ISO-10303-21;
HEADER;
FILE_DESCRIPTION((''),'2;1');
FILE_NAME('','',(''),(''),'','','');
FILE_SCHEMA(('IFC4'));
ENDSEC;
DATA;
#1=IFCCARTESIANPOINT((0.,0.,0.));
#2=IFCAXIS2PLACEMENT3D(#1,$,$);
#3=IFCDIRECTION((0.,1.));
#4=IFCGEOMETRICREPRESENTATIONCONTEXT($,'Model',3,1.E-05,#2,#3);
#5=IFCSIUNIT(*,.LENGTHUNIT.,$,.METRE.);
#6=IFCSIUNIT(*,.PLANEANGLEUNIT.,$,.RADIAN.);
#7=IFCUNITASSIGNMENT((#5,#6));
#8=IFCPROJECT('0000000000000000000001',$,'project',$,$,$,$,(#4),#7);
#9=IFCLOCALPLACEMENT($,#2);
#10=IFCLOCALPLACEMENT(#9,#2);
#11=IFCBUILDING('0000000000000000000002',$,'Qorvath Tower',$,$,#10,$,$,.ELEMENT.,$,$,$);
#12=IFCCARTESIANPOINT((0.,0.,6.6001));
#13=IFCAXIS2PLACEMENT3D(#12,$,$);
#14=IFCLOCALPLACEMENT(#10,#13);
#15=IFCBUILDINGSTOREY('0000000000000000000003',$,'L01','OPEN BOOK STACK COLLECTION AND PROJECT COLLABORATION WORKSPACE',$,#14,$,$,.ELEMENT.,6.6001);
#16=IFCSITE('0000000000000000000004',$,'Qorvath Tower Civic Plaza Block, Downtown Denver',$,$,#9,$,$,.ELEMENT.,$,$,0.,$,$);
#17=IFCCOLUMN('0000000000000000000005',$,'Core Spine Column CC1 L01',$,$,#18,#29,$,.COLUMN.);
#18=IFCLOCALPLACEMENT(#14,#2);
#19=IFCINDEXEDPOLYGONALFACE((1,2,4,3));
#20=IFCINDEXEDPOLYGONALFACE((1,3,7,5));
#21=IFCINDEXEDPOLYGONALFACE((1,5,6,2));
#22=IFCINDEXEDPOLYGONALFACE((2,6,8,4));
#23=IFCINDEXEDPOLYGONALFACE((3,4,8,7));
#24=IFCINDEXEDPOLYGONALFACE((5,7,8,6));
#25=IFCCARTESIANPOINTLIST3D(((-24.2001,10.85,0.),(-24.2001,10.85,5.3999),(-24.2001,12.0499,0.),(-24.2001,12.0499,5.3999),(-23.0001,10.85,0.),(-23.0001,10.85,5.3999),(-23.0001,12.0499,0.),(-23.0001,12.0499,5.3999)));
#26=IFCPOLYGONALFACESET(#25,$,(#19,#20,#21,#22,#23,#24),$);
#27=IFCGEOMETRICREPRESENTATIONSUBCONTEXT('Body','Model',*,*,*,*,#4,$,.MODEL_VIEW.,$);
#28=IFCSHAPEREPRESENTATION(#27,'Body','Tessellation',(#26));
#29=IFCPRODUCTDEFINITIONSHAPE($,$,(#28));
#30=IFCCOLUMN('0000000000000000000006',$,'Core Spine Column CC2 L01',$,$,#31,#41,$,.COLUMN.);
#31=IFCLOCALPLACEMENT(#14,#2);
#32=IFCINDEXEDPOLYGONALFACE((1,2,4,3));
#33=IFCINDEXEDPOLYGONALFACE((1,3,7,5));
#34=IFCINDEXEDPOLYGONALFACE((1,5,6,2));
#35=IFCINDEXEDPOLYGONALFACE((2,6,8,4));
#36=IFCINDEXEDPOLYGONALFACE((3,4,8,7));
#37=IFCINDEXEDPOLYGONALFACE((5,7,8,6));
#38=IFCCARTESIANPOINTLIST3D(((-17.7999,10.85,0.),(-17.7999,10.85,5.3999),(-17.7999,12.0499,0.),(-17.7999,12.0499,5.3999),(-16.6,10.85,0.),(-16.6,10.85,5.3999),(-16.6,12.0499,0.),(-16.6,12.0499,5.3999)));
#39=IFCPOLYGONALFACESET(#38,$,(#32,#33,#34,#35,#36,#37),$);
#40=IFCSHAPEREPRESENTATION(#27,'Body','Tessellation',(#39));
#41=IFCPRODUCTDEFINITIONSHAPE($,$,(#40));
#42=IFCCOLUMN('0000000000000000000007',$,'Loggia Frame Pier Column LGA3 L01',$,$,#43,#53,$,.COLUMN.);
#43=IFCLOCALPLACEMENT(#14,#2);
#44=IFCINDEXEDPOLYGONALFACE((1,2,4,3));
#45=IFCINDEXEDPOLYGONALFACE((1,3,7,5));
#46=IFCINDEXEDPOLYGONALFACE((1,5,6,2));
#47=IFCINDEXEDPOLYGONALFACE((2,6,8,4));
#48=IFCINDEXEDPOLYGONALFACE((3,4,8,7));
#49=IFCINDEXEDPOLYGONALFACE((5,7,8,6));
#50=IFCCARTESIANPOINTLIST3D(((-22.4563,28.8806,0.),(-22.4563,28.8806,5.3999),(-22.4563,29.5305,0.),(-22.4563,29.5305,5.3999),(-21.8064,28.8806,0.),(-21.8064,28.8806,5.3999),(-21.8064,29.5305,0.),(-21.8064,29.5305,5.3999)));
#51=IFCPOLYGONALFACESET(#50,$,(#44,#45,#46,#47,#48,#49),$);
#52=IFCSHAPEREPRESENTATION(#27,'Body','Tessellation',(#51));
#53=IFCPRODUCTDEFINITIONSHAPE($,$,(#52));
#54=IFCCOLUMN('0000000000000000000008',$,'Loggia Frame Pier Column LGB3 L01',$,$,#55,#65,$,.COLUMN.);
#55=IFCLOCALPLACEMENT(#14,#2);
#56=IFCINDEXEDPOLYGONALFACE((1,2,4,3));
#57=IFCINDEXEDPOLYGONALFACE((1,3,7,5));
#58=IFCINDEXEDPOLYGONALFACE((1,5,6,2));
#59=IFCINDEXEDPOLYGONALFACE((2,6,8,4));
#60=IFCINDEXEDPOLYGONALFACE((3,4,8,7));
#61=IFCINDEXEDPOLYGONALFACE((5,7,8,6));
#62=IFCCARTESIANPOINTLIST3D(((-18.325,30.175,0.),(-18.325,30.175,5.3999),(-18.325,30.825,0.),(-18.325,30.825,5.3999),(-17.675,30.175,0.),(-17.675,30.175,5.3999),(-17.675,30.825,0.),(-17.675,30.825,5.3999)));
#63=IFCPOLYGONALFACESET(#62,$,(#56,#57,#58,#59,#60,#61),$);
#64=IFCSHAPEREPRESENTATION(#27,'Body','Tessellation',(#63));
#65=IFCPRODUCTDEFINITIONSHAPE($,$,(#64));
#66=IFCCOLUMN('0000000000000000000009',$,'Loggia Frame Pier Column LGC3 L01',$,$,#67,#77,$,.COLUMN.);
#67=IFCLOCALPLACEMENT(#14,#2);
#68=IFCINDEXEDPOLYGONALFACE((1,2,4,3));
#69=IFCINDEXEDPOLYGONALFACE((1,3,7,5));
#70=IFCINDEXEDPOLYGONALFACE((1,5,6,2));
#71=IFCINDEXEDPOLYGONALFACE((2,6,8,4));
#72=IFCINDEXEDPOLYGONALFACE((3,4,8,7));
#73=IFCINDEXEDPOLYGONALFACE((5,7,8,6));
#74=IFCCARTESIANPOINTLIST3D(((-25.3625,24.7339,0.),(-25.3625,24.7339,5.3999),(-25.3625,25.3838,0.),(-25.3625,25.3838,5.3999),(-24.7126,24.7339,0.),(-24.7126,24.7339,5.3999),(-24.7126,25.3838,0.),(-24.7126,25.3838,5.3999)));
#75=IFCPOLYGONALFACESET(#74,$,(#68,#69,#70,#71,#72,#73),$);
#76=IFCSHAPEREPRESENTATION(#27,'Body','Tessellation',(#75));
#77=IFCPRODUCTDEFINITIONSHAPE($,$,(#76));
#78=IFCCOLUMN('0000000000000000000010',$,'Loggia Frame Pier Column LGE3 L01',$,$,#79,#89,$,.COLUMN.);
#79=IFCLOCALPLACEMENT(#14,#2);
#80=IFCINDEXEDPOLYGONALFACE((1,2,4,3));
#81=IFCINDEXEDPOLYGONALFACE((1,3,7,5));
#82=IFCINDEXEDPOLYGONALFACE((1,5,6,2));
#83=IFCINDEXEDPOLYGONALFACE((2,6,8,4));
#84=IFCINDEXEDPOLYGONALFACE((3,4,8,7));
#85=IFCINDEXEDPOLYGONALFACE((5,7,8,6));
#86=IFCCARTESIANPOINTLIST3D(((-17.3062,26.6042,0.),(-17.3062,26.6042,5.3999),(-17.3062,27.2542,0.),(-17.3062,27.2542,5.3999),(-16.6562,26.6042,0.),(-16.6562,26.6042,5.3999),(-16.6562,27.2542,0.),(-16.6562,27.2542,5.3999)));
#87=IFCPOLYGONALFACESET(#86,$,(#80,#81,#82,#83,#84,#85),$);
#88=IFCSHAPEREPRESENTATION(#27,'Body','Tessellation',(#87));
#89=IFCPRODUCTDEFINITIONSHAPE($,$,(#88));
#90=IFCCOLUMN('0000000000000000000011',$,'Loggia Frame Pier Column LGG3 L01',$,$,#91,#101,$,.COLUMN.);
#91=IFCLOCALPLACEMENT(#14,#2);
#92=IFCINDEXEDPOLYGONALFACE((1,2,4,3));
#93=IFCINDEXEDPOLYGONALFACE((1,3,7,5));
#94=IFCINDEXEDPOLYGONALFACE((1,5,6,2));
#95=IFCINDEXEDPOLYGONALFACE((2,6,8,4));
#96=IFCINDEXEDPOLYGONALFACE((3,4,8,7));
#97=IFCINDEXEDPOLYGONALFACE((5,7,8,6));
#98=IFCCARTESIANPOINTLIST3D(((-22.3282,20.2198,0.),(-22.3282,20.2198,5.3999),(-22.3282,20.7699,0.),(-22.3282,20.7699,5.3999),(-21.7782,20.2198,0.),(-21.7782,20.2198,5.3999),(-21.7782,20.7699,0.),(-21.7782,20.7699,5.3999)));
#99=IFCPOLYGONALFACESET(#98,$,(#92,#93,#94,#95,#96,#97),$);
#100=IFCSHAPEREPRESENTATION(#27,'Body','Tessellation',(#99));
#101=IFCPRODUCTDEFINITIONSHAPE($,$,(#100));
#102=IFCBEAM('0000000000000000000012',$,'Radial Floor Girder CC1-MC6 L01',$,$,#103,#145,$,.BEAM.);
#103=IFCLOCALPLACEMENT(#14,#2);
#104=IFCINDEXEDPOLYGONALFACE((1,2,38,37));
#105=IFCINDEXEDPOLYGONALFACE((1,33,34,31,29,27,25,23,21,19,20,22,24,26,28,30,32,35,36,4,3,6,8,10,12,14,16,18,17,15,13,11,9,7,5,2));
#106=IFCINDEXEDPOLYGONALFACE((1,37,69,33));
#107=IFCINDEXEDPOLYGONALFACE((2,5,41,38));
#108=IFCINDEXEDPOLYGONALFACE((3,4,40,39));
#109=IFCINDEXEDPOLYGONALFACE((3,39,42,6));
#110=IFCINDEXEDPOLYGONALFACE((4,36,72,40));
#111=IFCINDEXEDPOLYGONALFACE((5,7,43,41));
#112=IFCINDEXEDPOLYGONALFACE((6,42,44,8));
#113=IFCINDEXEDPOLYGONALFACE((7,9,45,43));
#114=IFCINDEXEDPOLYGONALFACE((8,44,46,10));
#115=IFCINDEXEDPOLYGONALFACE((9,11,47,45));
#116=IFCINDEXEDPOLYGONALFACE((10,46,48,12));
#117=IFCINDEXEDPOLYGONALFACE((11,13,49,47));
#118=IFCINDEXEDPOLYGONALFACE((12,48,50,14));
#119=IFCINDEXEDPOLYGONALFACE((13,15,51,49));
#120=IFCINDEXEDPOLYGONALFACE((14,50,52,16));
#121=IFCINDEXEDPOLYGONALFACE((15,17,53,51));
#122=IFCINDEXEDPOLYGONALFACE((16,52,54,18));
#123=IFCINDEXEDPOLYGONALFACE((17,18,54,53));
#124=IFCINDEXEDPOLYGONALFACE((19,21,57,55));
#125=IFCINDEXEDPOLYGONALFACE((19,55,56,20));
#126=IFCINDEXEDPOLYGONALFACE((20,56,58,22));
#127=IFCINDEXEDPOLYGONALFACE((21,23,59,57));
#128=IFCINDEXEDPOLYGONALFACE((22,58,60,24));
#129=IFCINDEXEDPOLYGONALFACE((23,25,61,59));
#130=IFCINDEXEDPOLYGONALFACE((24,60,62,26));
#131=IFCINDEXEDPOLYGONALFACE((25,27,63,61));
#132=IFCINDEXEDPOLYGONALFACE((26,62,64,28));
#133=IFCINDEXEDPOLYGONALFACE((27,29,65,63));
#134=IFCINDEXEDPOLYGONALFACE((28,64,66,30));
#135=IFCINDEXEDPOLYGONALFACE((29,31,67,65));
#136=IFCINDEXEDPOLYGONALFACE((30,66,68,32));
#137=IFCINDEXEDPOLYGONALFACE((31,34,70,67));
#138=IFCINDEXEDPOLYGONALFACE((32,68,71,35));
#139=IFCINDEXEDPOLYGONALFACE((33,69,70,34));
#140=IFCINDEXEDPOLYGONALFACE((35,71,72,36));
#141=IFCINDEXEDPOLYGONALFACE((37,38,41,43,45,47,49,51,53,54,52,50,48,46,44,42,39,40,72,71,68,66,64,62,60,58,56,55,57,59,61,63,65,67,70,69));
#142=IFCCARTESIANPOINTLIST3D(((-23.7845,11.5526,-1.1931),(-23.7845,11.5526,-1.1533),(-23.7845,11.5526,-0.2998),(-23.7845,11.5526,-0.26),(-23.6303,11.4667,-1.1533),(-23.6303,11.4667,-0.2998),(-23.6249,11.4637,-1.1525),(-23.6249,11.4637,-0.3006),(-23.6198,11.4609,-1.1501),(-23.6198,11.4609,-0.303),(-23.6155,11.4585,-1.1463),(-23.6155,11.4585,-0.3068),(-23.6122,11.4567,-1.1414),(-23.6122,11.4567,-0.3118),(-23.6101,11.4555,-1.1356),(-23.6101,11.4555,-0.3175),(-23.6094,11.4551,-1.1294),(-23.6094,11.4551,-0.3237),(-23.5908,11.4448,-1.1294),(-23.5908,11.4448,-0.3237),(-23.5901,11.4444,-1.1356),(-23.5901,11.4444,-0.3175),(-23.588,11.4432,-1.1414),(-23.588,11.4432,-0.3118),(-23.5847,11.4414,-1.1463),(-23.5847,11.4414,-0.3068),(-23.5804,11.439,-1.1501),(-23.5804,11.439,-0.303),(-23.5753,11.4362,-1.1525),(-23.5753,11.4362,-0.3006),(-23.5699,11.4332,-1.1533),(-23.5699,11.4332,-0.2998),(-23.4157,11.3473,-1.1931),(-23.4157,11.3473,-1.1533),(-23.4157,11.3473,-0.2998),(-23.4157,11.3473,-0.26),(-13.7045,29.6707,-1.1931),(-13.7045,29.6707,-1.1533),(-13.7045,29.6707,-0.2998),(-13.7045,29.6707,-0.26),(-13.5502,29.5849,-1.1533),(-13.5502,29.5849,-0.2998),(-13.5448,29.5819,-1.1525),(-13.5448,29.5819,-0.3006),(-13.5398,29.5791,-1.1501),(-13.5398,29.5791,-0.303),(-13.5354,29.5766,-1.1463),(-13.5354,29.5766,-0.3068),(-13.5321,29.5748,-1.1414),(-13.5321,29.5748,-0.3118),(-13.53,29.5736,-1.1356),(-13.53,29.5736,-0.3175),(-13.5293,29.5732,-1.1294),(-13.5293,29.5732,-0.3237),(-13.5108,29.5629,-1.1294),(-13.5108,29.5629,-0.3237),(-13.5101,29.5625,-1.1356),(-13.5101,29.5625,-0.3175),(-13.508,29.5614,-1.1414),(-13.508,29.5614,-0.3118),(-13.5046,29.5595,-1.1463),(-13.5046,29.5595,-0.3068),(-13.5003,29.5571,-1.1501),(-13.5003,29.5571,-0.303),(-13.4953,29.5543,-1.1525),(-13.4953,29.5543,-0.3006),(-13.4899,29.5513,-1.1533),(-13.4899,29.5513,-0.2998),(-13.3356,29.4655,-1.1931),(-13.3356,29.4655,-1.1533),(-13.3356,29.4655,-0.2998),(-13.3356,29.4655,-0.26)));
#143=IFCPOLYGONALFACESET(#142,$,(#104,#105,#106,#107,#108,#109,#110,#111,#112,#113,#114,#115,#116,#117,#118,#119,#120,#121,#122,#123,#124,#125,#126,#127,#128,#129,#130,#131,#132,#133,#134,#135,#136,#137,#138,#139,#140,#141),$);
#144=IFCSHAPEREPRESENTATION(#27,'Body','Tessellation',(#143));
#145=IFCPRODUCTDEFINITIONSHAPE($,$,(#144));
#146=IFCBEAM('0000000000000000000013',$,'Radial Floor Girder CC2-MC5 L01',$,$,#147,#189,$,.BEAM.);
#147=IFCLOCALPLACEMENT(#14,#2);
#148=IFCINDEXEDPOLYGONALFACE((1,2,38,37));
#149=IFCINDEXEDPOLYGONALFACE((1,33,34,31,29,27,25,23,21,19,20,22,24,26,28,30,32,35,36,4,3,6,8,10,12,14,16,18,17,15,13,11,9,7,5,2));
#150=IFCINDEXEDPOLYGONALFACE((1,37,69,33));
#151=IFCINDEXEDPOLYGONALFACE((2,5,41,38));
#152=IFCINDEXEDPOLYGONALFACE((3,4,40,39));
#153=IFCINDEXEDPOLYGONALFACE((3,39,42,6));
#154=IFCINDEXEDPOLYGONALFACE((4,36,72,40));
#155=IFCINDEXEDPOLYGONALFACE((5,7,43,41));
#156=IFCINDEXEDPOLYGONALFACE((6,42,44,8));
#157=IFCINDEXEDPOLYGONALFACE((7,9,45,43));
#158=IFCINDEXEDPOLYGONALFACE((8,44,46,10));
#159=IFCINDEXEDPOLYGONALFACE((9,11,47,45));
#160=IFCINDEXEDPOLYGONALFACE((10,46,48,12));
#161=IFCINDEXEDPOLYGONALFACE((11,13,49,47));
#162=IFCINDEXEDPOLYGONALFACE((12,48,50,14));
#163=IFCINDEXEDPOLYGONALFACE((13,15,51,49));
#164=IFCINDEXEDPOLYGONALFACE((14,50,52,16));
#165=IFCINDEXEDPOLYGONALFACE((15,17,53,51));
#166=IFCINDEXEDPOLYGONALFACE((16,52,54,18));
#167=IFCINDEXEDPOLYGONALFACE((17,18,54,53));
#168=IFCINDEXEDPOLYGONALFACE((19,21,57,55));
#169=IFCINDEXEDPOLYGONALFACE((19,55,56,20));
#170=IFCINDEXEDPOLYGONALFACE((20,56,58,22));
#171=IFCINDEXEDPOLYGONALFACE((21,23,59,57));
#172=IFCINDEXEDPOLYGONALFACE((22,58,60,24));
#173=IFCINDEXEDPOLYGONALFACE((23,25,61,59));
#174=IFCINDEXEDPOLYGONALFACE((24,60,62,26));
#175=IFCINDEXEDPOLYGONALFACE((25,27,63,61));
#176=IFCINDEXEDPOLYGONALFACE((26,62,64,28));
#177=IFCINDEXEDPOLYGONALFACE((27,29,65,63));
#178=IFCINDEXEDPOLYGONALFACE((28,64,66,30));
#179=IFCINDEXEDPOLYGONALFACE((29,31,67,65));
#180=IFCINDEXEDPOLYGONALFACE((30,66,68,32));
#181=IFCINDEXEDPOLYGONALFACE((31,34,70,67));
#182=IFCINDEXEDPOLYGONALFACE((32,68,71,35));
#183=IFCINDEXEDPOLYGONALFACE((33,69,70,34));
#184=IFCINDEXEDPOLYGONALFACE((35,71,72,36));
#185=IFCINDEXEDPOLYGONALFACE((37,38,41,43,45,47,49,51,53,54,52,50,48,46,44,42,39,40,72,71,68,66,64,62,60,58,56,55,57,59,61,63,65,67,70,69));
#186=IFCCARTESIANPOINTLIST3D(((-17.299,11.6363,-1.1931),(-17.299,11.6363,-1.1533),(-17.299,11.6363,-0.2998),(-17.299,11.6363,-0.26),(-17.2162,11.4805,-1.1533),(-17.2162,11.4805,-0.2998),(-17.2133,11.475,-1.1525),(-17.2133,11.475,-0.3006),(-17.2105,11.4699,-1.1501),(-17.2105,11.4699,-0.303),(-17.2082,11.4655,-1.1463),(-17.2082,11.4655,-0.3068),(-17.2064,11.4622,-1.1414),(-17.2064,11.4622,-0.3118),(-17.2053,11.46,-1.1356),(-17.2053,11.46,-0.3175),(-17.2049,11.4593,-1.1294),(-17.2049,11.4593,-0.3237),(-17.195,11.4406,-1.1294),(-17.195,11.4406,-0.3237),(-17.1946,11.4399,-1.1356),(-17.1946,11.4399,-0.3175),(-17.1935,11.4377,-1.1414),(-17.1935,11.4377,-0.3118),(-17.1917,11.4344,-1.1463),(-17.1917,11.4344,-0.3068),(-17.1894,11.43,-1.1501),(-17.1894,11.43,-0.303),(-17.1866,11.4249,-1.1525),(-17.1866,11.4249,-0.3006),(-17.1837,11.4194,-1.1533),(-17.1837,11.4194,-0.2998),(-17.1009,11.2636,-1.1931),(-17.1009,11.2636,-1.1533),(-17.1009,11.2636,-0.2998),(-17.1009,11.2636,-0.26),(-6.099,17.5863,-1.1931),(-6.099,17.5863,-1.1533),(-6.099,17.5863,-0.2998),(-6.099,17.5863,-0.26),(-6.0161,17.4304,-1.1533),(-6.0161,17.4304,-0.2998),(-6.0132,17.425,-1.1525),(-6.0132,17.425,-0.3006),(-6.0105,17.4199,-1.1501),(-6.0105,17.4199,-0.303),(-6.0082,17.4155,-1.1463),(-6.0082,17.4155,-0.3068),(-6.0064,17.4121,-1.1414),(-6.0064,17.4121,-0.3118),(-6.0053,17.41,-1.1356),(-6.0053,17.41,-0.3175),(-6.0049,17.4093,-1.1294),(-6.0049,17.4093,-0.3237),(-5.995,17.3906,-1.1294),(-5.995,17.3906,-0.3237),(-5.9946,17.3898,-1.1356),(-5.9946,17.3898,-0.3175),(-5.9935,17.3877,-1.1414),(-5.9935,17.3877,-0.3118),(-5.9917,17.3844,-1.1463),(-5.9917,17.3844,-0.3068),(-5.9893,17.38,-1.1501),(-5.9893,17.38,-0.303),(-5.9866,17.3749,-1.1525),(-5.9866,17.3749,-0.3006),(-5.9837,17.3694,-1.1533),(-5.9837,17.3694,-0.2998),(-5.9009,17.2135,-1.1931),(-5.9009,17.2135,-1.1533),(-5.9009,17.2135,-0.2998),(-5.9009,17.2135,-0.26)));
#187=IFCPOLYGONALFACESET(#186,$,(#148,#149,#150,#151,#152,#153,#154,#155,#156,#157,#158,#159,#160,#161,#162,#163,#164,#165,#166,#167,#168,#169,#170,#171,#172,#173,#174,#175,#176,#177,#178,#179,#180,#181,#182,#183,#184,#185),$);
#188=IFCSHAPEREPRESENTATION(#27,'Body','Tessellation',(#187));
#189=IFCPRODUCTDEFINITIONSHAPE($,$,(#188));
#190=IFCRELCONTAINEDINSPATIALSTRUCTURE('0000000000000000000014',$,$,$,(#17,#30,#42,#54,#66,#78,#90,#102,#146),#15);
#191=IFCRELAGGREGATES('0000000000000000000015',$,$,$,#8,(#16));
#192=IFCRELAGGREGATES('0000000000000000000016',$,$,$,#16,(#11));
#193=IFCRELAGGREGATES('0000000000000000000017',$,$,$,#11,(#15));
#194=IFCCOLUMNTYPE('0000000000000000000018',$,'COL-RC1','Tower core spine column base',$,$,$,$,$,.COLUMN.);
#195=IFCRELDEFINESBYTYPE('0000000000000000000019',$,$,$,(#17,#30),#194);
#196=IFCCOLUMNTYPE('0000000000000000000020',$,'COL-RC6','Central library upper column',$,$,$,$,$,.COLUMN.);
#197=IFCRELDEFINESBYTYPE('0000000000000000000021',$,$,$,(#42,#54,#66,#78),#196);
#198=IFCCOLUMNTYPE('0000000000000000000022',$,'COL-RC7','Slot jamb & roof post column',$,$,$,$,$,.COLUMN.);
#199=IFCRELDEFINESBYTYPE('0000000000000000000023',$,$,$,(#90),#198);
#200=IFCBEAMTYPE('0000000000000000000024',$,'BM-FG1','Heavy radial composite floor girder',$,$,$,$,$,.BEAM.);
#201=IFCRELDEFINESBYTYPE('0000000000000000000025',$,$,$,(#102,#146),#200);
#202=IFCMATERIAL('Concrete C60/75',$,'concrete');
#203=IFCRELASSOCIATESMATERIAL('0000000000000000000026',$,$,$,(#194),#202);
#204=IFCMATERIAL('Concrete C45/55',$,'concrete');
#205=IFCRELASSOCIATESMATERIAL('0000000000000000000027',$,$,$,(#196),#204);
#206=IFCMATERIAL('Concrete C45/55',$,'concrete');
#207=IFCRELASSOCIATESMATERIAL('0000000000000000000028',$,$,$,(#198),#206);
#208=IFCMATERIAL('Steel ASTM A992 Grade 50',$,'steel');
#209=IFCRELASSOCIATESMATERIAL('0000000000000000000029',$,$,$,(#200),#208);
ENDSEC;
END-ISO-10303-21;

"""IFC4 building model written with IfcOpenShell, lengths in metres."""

from ifc_helpers import new_model, si_unit, direction, frame, origin, origin_2d, place, context, subcontext, project, spatial, rectangle, i_section, extrude, material, material_profile, profile_set, type_object, element, save


model = new_model("IFC4")

# Units and contexts
model_context = context("Model", 3, precision=1e-05, world=origin(), true_north=direction((0.0, 1.0)))
body_context = subcontext(model_context, "Body", "Model", "MODEL_VIEW")
ifc_project = project(units=[si_unit("LENGTHUNIT", "METRE"), si_unit("PLANEANGLEUNIT", "RADIAN")], contexts=[model_context])

# Site, building, storey
site_placement = place(None, origin())
site = spatial("IfcSite", under=ifc_project, at=site_placement, Name="Qorvath Tower Civic Plaza Block, Downtown Denver", CompositionType="ELEMENT", RefElevation=0.0)
building_placement = place(site_placement, origin())
building = spatial("IfcBuilding", under=site, at=building_placement, Name="Qorvath Tower", CompositionType="ELEMENT")
storey_placement = place(building_placement, frame((0.0, 0.0, 6.6001)))
storey = spatial("IfcBuildingStorey", under=building, at=storey_placement, Name="L01", Description="OPEN BOOK STACK COLLECTION AND PROJECT COLLABORATION WORKSPACE", CompositionType="ELEMENT", Elevation=6.6001)

# Columns
ifc_material_1 = material(Name="Concrete C60/75", Category="concrete")
ifc_material_profile_1 = material_profile(ifc_material_1, rectangle(XDim=1.2, YDim=1.2, at=origin_2d()), Name="RC 1200x1200")
ifc_profile_set_1 = profile_set([ifc_material_profile_1], Name="Concrete C60/75")
column_type_1 = type_object("IfcColumnType", Name="COL-RC1", Description="Tower core spine column base", PredefinedType="COLUMN", material=ifc_profile_set_1)
for number, where, z_axis, x_axis, name in (
    (1, (-23.6001, 11.45, 0.0), (0.0, 0.0, 1.0), (1.0, 0.0, 0.0), "Core Spine Column CC1 L01"),
    (2, (-17.2, 11.45, 0.0), (0.0, 0.0, 1.0), (1.0, 0.0, 0.0), "Core Spine Column CC2 L01"),
):
    element("IfcColumn", number, at=place(storey_placement, frame(where, z_axis=z_axis, x_axis=x_axis)), inside=storey, type_object=column_type_1, Name=name, PredefinedType="COLUMN", context=body_context, shape_type="SweptSolid", body=[
        extrude(rectangle(XDim=1.2, YDim=1.2, at=origin_2d()), origin(), (0.0, 0.0, 1.0), 5.3999),
    ])
ifc_material_2 = material(Name="Concrete C45/55", Category="concrete")
ifc_material_profile_2 = material_profile(ifc_material_2, rectangle(XDim=0.6499, YDim=0.6499, at=origin_2d()), Name="RC 650x650")
ifc_profile_set_2 = profile_set([ifc_material_profile_2], Name="Concrete C45/55")
column_type_2 = type_object("IfcColumnType", Name="COL-RC6", Description="Central library upper column", PredefinedType="COLUMN", material=ifc_profile_set_2)
for number, where, z_axis, x_axis, name in (
    (3, (-22.1313, 29.2056, 0.0), (0.0, 0.0, 1.0), (1.0, 0.0, 0.0), "Loggia Frame Pier Column LGA3 L01"),
    (4, (-18.0, 30.5, 0.0), (0.0, 0.0, 1.0), (1.0, 0.0, 0.0), "Loggia Frame Pier Column LGB3 L01"),
    (5, (-25.0376, 25.0588, 0.0), (0.0, 0.0, 1.0), (1.0, 0.0, 0.0), "Loggia Frame Pier Column LGC3 L01"),
    (6, (-16.9812, 26.9292, 0.0), (0.0, 0.0, 1.0), (1.0, 0.0, 0.0), "Loggia Frame Pier Column LGE3 L01"),
):
    element("IfcColumn", number, at=place(storey_placement, frame(where, z_axis=z_axis, x_axis=x_axis)), inside=storey, type_object=column_type_2, Name=name, PredefinedType="COLUMN", context=body_context, shape_type="SweptSolid", body=[
        extrude(rectangle(XDim=0.6499, YDim=0.6499, at=origin_2d()), origin(), (0.0, 0.0, 1.0), 5.3999),
    ])
ifc_material_3 = material(Name="Concrete C45/55", Category="concrete")
ifc_material_profile_3 = material_profile(ifc_material_3, rectangle(XDim=0.55, YDim=0.55, at=origin_2d()), Name="RC 550x550")
ifc_profile_set_3 = profile_set([ifc_material_profile_3], Name="Concrete C45/55")
column_type_3 = type_object("IfcColumnType", Name="COL-RC7", Description="Slot jamb & roof post column", PredefinedType="COLUMN", material=ifc_profile_set_3)
column_placement = place(storey_placement, frame((-22.0532, 20.4949, 0.0), z_axis=(0.0, 0.0, 1.0), x_axis=(1.0, 0.0, 0.0)))
element("IfcColumn", 7, at=column_placement, inside=storey, type_object=column_type_3, Name="Loggia Frame Pier Column LGG3 L01", PredefinedType="COLUMN", context=body_context, shape_type="SweptSolid", body=[
    extrude(rectangle(XDim=0.55, YDim=0.55, at=origin_2d()), origin(), (0.0, 0.0, 1.0), 5.3999),
])

# Beams
ifc_material_4 = material(Name="Steel ASTM A992 Grade 50", Category="steel")
ifc_material_profile_4 = material_profile(ifc_material_4, i_section(OverallWidth=0.4221, OverallDepth=0.9331, WebThickness=0.0212, FlangeThickness=0.0398, FilletRadius=0.0239, at=origin_2d()), Name="W36x262")
ifc_profile_set_4 = profile_set([ifc_material_profile_4], Name="Steel ASTM A992 Grade 50")
beam_type_1 = type_object("IfcBeamType", Name="BM-FG1", Description="Heavy radial composite floor girder", PredefinedType="BEAM", material=ifc_profile_set_4)
beam_1_placement = place(storey_placement, frame((-23.6001, 11.45, -0.7266), z_axis=(0.486175, 0.873862, 0.0), x_axis=(-0.873862, 0.486175, 0.0)))
element("IfcBeam", 8, at=beam_1_placement, inside=storey, type_object=beam_type_1, Name="Radial Floor Girder CC1-MC6 L01", PredefinedType="BEAM", context=body_context, shape_type="SweptSolid", body=[
    extrude(i_section(OverallWidth=0.4221, OverallDepth=0.9331, WebThickness=0.0212, FlangeThickness=0.0398, FilletRadius=0.0239, at=origin_2d()), origin(), (0.0, 0.0, 1.0), 20.7334),
])
beam_2_placement = place(storey_placement, frame((-17.2, 11.45, -0.7266), z_axis=(0.883116, 0.469154, 0.0), x_axis=(-0.469154, 0.883116, 0.0)))
element("IfcBeam", 9, at=beam_2_placement, inside=storey, type_object=beam_type_1, Name="Radial Floor Girder CC2-MC5 L01", PredefinedType="BEAM", context=body_context, shape_type="SweptSolid", body=[
    extrude(i_section(OverallWidth=0.4221, OverallDepth=0.9331, WebThickness=0.0212, FlangeThickness=0.0398, FilletRadius=0.0239, at=origin_2d()), origin(), (0.0, 0.0, 1.0), 12.6824),
])

save(model, "model.ifc")
